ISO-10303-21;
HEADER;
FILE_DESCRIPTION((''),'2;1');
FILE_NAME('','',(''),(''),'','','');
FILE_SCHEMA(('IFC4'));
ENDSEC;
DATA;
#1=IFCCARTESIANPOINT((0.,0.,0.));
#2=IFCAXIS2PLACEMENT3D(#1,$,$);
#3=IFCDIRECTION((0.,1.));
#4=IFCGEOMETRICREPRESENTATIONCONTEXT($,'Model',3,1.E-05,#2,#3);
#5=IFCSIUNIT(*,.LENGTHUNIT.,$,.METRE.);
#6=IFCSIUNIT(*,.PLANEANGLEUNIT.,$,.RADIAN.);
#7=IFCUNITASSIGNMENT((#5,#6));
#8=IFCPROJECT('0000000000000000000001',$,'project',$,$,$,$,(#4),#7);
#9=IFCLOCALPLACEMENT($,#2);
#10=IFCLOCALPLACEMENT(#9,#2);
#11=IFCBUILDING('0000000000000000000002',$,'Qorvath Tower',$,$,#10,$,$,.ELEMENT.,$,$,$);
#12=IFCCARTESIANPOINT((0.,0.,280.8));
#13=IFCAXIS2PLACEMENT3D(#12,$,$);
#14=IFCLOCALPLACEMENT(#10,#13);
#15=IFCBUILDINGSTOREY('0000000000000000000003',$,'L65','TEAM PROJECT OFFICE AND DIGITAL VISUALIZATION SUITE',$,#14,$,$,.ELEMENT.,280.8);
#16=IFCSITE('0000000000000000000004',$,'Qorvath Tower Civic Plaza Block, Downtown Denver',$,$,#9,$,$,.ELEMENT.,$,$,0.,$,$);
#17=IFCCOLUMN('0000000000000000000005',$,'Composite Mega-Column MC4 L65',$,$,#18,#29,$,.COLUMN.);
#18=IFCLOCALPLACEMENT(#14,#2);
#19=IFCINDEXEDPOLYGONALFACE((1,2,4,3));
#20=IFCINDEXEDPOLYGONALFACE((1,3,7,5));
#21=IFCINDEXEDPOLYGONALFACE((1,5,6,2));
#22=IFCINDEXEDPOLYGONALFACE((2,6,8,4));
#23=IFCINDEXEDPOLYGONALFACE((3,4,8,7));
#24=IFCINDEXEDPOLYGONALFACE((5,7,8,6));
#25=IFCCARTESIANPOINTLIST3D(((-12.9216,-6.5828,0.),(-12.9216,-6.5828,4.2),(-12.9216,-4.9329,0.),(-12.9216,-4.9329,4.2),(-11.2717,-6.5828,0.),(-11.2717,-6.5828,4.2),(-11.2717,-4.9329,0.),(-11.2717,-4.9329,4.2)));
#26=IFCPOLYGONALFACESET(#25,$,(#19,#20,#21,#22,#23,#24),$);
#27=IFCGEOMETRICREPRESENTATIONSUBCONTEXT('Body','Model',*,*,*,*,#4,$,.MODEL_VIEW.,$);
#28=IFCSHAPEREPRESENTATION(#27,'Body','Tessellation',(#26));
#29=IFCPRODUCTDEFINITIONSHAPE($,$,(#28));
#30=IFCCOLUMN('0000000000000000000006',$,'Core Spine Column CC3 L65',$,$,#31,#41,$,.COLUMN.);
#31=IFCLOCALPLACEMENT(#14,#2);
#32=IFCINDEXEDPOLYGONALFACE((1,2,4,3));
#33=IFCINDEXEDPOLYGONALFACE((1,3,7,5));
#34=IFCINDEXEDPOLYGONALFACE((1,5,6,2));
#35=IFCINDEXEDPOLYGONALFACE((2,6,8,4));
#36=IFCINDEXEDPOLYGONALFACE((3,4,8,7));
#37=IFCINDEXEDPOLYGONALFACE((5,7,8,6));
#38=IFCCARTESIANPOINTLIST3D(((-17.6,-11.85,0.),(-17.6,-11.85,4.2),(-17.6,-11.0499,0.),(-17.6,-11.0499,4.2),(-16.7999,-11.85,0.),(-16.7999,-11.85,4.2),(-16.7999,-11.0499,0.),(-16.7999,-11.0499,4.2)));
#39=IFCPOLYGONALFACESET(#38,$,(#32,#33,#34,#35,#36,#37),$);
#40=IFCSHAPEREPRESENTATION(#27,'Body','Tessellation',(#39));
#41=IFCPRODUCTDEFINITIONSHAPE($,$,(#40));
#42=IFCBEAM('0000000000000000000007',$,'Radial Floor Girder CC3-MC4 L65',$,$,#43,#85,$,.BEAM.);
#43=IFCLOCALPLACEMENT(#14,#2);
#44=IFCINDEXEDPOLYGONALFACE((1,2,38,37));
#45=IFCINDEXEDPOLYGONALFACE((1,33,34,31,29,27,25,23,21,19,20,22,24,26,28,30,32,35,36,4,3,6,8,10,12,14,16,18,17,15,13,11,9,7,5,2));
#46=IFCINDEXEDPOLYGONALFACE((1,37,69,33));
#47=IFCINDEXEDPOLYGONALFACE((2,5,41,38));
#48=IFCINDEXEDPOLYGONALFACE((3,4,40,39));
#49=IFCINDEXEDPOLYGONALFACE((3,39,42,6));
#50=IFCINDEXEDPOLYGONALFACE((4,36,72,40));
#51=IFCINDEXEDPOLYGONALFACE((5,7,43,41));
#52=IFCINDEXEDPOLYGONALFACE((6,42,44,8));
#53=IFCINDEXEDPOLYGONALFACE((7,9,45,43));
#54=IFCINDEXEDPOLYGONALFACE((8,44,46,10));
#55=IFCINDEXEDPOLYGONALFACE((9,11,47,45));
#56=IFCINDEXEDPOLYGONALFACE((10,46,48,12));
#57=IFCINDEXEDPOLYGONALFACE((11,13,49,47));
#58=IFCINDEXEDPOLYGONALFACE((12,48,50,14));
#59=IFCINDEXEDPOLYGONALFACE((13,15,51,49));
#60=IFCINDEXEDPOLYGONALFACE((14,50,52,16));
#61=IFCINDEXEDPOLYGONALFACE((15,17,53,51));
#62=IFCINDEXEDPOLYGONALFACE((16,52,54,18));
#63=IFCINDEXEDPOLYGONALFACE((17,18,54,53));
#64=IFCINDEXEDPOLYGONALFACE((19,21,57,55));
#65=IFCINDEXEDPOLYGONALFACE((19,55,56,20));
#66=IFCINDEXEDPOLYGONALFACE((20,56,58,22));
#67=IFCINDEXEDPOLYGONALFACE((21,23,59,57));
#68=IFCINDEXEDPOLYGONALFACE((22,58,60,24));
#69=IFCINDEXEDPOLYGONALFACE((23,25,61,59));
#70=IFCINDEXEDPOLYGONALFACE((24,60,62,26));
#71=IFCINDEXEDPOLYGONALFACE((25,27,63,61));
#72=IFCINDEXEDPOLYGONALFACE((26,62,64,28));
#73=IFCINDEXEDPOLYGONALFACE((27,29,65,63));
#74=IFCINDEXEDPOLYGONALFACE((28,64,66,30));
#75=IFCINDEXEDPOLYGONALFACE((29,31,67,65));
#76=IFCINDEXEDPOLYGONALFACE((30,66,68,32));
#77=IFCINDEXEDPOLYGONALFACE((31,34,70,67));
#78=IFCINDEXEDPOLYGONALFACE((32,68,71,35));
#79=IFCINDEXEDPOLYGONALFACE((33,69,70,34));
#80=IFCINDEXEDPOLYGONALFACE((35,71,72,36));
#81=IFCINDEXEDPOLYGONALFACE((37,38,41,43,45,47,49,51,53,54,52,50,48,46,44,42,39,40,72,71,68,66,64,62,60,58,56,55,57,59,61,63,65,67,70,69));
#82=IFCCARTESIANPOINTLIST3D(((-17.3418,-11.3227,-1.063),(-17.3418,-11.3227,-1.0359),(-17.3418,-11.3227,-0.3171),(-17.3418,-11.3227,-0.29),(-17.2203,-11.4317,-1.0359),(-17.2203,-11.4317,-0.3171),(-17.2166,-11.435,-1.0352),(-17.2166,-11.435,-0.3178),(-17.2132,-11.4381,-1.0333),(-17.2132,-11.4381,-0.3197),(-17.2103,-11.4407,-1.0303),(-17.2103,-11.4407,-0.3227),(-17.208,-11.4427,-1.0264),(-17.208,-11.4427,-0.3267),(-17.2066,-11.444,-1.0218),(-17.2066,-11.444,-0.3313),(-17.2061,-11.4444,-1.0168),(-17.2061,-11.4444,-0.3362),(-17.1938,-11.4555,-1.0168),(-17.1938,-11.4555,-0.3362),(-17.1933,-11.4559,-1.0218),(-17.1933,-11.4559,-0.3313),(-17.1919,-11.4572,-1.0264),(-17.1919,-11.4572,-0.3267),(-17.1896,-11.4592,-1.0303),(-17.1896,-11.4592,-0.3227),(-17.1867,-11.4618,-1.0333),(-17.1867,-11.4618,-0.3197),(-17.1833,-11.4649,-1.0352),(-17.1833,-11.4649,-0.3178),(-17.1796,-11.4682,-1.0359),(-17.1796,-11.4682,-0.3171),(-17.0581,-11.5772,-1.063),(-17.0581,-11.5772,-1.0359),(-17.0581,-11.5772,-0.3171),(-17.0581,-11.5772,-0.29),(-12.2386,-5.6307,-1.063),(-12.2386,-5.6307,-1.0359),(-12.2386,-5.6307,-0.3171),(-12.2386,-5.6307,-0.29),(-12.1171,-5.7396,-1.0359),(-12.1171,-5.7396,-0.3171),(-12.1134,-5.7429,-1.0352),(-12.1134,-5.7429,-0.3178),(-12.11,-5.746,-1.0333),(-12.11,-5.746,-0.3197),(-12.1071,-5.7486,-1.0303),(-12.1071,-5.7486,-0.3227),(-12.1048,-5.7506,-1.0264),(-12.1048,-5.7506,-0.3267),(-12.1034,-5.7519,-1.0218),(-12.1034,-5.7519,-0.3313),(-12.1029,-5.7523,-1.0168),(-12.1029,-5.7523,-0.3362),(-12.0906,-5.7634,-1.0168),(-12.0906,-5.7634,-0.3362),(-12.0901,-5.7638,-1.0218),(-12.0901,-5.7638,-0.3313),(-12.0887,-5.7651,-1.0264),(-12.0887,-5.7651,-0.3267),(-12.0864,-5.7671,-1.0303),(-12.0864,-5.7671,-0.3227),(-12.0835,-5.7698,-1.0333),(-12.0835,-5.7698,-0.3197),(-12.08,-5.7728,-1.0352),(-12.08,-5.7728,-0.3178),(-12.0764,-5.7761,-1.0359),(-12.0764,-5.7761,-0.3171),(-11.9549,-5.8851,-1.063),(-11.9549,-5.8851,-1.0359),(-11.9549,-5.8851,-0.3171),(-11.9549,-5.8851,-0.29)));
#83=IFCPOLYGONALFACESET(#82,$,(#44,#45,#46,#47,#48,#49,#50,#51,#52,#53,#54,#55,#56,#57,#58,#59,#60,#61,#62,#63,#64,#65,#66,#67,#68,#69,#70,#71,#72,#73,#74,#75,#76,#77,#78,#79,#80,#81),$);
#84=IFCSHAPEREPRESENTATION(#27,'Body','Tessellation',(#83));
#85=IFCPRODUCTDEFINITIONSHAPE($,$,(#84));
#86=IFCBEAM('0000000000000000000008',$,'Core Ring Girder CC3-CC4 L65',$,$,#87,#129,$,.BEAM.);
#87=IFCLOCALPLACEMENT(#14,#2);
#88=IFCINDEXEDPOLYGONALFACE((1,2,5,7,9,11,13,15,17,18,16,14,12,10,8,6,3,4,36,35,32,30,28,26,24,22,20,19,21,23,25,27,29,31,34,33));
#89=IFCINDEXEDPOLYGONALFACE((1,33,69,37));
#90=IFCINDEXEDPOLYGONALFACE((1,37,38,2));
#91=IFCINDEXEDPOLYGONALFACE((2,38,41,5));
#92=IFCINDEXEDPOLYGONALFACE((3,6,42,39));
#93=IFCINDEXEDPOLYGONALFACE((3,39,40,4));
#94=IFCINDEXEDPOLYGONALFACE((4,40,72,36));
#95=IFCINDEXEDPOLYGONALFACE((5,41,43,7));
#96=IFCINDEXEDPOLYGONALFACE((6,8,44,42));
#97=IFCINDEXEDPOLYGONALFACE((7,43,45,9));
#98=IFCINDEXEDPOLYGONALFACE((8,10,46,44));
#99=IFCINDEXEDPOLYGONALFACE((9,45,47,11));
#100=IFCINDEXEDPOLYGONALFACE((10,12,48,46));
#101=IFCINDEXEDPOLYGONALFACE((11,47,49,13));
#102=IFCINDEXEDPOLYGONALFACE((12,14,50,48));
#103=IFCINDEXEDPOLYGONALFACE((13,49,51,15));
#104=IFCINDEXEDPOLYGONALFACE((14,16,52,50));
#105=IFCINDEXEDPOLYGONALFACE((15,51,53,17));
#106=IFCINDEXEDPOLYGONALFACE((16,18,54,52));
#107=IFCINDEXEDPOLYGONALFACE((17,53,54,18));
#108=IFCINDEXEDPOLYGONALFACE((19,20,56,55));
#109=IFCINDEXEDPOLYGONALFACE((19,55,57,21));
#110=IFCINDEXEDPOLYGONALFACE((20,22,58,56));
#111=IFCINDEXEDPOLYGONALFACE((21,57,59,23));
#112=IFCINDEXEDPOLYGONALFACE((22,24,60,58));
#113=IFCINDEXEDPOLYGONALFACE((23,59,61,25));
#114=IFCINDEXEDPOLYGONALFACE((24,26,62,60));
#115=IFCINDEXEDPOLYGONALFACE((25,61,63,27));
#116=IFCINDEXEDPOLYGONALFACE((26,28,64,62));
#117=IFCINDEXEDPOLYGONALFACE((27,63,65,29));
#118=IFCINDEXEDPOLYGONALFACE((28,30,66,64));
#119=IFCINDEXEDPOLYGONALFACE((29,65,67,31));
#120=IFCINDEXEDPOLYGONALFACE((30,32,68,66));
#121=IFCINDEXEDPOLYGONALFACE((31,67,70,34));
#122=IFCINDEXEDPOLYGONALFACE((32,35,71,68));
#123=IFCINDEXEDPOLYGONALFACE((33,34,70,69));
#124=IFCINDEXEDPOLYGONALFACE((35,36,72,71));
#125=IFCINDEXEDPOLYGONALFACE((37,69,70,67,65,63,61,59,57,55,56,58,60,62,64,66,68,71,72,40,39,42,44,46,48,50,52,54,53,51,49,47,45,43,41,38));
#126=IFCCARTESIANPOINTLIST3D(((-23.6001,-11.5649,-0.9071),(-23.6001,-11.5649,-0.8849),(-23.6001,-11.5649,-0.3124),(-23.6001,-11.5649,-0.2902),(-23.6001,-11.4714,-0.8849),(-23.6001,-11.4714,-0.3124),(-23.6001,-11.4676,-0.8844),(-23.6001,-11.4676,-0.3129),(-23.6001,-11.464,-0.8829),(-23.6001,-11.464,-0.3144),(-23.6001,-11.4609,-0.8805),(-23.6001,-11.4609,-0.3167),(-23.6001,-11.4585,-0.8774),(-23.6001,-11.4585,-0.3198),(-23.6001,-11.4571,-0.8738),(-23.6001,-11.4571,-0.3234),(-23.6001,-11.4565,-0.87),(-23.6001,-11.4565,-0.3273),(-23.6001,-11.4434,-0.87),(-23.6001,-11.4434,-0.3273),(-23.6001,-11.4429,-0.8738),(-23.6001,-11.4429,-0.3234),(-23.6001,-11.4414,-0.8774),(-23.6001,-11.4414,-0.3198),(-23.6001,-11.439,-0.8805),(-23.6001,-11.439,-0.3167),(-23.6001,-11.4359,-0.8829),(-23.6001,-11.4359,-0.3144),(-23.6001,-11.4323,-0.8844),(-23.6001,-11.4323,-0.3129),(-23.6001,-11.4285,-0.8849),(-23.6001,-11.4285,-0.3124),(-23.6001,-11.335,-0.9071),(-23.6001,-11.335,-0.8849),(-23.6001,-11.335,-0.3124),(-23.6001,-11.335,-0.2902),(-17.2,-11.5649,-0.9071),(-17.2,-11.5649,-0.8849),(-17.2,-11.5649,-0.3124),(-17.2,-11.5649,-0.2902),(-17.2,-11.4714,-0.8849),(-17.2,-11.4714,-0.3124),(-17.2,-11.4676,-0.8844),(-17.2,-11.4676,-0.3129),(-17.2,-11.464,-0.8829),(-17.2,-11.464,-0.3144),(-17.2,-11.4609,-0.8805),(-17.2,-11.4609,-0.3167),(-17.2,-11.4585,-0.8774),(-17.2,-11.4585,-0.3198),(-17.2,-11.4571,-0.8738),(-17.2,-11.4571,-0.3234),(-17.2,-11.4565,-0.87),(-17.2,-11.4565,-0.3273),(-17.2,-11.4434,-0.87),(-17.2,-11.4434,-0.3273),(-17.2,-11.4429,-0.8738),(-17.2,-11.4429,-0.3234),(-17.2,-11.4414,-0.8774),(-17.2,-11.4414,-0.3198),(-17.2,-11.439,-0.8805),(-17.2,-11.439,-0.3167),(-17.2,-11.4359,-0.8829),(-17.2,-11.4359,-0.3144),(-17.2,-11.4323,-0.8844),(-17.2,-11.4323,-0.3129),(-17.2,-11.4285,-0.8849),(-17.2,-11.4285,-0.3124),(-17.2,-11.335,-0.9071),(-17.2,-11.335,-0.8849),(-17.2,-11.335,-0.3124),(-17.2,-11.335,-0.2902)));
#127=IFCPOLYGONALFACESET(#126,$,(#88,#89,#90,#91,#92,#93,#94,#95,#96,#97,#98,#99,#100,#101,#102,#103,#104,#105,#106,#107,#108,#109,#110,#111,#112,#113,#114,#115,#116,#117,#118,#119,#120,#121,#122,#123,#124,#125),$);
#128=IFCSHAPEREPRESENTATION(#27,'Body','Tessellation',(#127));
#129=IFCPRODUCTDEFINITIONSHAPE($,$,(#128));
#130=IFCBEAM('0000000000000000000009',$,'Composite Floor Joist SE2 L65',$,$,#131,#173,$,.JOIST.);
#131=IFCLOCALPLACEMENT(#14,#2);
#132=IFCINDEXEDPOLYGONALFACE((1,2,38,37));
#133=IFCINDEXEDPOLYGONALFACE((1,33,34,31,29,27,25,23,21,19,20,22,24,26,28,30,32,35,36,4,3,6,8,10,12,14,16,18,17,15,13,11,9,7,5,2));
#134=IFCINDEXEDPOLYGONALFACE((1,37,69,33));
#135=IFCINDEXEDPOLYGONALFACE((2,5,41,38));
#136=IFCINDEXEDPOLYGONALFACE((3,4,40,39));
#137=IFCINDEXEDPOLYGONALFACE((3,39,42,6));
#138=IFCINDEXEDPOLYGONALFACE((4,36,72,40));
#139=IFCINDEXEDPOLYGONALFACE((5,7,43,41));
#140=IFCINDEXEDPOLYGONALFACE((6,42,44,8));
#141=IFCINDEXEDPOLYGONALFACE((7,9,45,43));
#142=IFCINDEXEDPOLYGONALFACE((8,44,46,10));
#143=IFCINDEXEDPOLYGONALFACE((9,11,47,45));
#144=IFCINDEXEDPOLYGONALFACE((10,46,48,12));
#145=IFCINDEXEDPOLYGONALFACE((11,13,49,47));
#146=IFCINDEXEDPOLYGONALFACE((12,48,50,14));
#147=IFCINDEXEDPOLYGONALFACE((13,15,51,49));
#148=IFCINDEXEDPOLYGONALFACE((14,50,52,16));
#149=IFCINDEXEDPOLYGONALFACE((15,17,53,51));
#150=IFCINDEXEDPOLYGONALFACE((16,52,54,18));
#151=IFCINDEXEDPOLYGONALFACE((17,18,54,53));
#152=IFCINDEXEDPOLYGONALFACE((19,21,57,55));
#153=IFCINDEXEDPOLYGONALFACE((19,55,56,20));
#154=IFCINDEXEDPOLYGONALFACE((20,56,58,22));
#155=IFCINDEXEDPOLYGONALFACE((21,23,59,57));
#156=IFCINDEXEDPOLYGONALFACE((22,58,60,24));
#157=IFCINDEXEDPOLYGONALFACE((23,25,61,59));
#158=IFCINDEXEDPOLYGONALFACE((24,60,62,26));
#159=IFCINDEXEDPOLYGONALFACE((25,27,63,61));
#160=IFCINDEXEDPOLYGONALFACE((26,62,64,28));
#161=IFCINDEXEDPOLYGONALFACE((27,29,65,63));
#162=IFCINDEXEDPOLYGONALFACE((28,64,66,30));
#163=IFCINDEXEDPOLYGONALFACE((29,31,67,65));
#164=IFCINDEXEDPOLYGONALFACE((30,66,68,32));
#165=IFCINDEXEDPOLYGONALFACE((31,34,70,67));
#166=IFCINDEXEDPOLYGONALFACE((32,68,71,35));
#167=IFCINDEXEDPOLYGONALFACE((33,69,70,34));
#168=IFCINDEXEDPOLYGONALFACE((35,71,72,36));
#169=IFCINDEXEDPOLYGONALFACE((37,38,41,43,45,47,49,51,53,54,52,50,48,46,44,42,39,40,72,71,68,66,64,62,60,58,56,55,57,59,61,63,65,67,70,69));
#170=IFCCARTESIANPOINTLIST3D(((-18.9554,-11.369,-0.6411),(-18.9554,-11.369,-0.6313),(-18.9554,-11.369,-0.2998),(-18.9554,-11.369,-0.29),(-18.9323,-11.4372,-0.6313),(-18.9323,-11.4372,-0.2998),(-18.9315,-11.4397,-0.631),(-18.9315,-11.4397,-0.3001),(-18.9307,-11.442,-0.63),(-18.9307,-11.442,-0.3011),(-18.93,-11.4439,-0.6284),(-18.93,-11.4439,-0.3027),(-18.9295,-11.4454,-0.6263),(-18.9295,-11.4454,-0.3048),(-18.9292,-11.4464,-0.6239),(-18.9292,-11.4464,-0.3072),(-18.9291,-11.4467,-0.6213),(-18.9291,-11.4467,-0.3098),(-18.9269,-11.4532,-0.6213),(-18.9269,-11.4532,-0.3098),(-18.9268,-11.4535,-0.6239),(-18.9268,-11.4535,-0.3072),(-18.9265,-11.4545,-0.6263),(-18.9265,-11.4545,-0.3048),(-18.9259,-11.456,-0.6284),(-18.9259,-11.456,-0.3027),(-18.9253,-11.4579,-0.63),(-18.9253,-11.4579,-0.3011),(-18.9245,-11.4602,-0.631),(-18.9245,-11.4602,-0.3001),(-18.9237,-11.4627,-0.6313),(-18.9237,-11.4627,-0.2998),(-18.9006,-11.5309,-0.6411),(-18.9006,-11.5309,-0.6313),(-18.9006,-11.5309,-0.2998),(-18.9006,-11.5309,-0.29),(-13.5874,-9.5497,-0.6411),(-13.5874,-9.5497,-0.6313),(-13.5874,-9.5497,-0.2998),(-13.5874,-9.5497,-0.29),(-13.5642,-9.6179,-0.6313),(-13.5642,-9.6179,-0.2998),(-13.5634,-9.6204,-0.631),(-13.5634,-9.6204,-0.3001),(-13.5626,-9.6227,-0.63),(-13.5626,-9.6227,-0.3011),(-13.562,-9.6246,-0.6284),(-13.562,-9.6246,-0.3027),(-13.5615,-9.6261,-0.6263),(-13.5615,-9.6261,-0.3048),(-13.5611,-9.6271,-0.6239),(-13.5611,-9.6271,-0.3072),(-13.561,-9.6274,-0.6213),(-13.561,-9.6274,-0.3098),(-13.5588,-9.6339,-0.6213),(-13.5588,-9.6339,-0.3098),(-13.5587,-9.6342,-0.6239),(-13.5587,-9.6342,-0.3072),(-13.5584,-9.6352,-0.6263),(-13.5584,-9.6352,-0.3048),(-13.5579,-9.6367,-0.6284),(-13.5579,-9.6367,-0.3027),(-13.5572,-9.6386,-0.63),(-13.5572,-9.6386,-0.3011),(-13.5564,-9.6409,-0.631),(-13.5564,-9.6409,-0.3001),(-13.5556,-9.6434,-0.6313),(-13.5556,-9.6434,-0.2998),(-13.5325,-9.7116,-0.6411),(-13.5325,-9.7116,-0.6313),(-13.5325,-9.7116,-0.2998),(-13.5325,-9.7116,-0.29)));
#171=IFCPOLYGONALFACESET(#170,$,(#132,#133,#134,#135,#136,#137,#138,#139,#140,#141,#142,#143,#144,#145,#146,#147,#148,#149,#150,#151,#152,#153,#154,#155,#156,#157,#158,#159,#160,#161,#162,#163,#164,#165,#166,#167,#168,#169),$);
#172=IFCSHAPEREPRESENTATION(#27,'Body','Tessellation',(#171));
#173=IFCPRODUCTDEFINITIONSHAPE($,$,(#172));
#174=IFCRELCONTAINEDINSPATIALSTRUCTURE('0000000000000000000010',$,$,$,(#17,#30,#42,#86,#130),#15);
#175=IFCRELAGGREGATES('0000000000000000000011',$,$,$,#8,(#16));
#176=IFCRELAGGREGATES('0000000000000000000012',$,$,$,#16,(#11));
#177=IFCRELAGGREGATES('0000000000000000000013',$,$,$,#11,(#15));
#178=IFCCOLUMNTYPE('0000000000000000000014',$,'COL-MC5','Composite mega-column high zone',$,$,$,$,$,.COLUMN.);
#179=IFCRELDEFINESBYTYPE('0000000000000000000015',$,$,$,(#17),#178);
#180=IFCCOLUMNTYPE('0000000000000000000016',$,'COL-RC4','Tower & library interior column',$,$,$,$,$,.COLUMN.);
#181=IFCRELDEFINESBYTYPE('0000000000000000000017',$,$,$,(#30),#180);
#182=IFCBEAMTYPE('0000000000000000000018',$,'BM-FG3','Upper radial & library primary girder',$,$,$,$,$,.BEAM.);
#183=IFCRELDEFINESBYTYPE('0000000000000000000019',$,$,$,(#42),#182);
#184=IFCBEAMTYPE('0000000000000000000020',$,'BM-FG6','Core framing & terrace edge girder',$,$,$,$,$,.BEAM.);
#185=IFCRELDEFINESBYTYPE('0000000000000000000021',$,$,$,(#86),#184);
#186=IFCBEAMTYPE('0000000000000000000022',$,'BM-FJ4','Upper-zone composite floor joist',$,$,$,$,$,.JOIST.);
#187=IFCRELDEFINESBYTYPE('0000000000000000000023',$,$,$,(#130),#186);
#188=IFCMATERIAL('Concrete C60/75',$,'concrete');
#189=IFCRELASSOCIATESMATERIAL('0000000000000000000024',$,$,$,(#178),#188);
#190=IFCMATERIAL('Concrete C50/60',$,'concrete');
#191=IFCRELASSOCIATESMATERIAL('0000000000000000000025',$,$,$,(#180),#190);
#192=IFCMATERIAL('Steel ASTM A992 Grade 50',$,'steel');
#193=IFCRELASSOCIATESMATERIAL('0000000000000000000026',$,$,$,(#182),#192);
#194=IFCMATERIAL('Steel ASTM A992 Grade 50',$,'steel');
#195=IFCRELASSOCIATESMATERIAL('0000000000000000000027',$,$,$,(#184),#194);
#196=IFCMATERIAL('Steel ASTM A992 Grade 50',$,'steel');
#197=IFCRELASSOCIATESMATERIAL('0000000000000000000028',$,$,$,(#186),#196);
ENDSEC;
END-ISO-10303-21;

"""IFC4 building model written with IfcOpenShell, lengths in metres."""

from ifc_helpers import new_model, si_unit, direction, frame, origin, origin_2d, place, context, subcontext, project, spatial, rectangle, i_section, extrude, material, material_profile, profile_set, type_object, element, save


model = new_model("IFC4")

# Units and contexts
model_context = context("Model", 3, precision=1e-05, world=origin(), true_north=direction((0.0, 1.0)))
body_context = subcontext(model_context, "Body", "Model", "MODEL_VIEW")
ifc_project = project(units=[si_unit("LENGTHUNIT", "METRE"), si_unit("PLANEANGLEUNIT", "RADIAN")], contexts=[model_context])

# Site, building, storey
site_placement = place(None, origin())
site = spatial("IfcSite", under=ifc_project, at=site_placement, Name="Qorvath Tower Civic Plaza Block, Downtown Denver", CompositionType="ELEMENT", RefElevation=0.0)
building_placement = place(site_placement, origin())
building = spatial("IfcBuilding", under=site, at=building_placement, Name="Qorvath Tower", CompositionType="ELEMENT")
storey_placement = place(building_placement, frame((0.0, 0.0, 280.8)))
storey = spatial("IfcBuildingStorey", under=building, at=storey_placement, Name="L65", Description="TEAM PROJECT OFFICE AND DIGITAL VISUALIZATION SUITE", CompositionType="ELEMENT", Elevation=280.8)

# Columns
ifc_material_1 = material(Name="Concrete C60/75", Category="concrete")
ifc_material_profile_1 = material_profile(ifc_material_1, rectangle(XDim=1.6499, YDim=1.6499, at=origin_2d()), Name="MC 1650x1650")
ifc_profile_set_1 = profile_set([ifc_material_profile_1], Name="Concrete C60/75")
column_type_1 = type_object("IfcColumnType", Name="COL-MC5", Description="Composite mega-column high zone", PredefinedType="COLUMN", material=ifc_profile_set_1)
column_1_placement = place(storey_placement, frame((-12.0967, -5.7578, 0.0), z_axis=(0.0, 0.0, 1.0), x_axis=(1.0, 0.0, 0.0)))
element("IfcColumn", 1, at=column_1_placement, inside=storey, type_object=column_type_1, Name="Composite Mega-Column MC4 L65", PredefinedType="COLUMN", context=body_context, shape_type="SweptSolid", body=[
    extrude(rectangle(XDim=1.6499, YDim=1.6499, at=origin_2d()), origin(), (0.0, 0.0, 1.0), 4.2),
])
ifc_material_2 = material(Name="Concrete C50/60", Category="concrete")
ifc_material_profile_2 = material_profile(ifc_material_2, rectangle(XDim=0.8, YDim=0.8, at=origin_2d()), Name="RC 800x800")
ifc_profile_set_2 = profile_set([ifc_material_profile_2], Name="Concrete C50/60")
column_type_2 = type_object("IfcColumnType", Name="COL-RC4", Description="Tower & library interior column", PredefinedType="COLUMN", material=ifc_profile_set_2)
column_2_placement = place(storey_placement, frame((-17.2, -11.45, 0.0), z_axis=(0.0, 0.0, 1.0), x_axis=(1.0, 0.0, 0.0)))
element("IfcColumn", 2, at=column_2_placement, inside=storey, type_object=column_type_2, Name="Core Spine Column CC3 L65", PredefinedType="COLUMN", context=body_context, shape_type="SweptSolid", body=[
    extrude(rectangle(XDim=0.8, YDim=0.8, at=origin_2d()), origin(), (0.0, 0.0, 1.0), 4.2),
])

# Beams
ifc_material_3 = material(Name="Steel ASTM A992 Grade 50", Category="steel")
ifc_material_profile_3 = material_profile(ifc_material_3, i_section(OverallWidth=0.3811, OverallDepth=0.7729, WebThickness=0.0166, FlangeThickness=0.0271, FilletRadius=0.019, at=origin_2d()), Name="W30x173")
ifc_profile_set_3 = profile_set([ifc_material_profile_3], Name="Steel ASTM A992 Grade 50")
beam_type_1 = type_object("IfcBeamType", Name="BM-FG3", Description="Upper radial & library primary girder", PredefinedType="BEAM", material=ifc_profile_set_3)
beam_1_placement = place(storey_placement, frame((-17.2, -11.45, -0.6765), z_axis=(0.667543, 0.744571, 0.0), x_axis=(-0.744571, 0.667543, 0.0)))
element("IfcBeam", 3, at=beam_1_placement, inside=storey, type_object=beam_type_1, Name="Radial Floor Girder CC3-MC4 L65", PredefinedType="BEAM", context=body_context, shape_type="SweptSolid", body=[
    extrude(i_section(OverallWidth=0.3811, OverallDepth=0.7729, WebThickness=0.0166, FlangeThickness=0.0271, FilletRadius=0.019, at=origin_2d()), origin(), (0.0, 0.0, 1.0), 7.6448),
])
ifc_material_4 = material(Name="Steel ASTM A992 Grade 50", Category="steel")
ifc_material_profile_4 = material_profile(ifc_material_4, i_section(OverallWidth=0.23, OverallDepth=0.6169, WebThickness=0.0132, FlangeThickness=0.0222, FilletRadius=0.0149, at=origin_2d()), Name="W24x94")
ifc_profile_set_4 = profile_set([ifc_material_profile_4], Name="Steel ASTM A992 Grade 50")
beam_type_2 = type_object("IfcBeamType", Name="BM-FG6", Description="Core framing & terrace edge girder", PredefinedType="BEAM", material=ifc_profile_set_4)
beam_2_placement = place(storey_placement, frame((-17.2, -11.45, -0.5986), z_axis=(-1.0, 0.0, 0.0), x_axis=(0.0, -1.0, 0.0)))
element("IfcBeam", 4, at=beam_2_placement, inside=storey, type_object=beam_type_2, Name="Core Ring Girder CC3-CC4 L65", PredefinedType="BEAM", context=body_context, shape_type="SweptSolid", body=[
    extrude(i_section(OverallWidth=0.23, OverallDepth=0.6169, WebThickness=0.0132, FlangeThickness=0.0222, FilletRadius=0.0149, at=origin_2d()), origin(), (0.0, 0.0, 1.0), 6.4001),
])
ifc_material_5 = material(Name="Steel ASTM A992 Grade 50", Category="steel")
ifc_material_profile_5 = material_profile(ifc_material_5, i_section(OverallWidth=0.1709, OverallDepth=0.3511, WebThickness=0.0068, FlangeThickness=0.0098, FilletRadius=0.01, at=origin_2d()), Name="W14x30")
ifc_profile_set_5 = profile_set([ifc_material_profile_5], Name="Steel ASTM A992 Grade 50")
beam_type_3 = type_object("IfcBeamType", Name="BM-FJ4", Description="Upper-zone composite floor joist", PredefinedType="JOIST", material=ifc_profile_set_5)
beam_3_placement = place(storey_placement, frame((-18.928, -11.45, -0.4656), z_axis=(0.947086, 0.320979, 0.0), x_axis=(-0.320979, 0.947086, 0.0)))
element("IfcBeam", 5, at=beam_3_placement, inside=storey, type_object=beam_type_3, Name="Composite Floor Joist SE2 L65", PredefinedType="JOIST", context=body_context, shape_type="SweptSolid", body=[
    extrude(i_section(OverallWidth=0.1709, OverallDepth=0.3511, WebThickness=0.0068, FlangeThickness=0.0098, FilletRadius=0.01, at=origin_2d()), origin(), (0.0, 0.0, 1.0), 5.668),
])

save(model, "model.ifc")
